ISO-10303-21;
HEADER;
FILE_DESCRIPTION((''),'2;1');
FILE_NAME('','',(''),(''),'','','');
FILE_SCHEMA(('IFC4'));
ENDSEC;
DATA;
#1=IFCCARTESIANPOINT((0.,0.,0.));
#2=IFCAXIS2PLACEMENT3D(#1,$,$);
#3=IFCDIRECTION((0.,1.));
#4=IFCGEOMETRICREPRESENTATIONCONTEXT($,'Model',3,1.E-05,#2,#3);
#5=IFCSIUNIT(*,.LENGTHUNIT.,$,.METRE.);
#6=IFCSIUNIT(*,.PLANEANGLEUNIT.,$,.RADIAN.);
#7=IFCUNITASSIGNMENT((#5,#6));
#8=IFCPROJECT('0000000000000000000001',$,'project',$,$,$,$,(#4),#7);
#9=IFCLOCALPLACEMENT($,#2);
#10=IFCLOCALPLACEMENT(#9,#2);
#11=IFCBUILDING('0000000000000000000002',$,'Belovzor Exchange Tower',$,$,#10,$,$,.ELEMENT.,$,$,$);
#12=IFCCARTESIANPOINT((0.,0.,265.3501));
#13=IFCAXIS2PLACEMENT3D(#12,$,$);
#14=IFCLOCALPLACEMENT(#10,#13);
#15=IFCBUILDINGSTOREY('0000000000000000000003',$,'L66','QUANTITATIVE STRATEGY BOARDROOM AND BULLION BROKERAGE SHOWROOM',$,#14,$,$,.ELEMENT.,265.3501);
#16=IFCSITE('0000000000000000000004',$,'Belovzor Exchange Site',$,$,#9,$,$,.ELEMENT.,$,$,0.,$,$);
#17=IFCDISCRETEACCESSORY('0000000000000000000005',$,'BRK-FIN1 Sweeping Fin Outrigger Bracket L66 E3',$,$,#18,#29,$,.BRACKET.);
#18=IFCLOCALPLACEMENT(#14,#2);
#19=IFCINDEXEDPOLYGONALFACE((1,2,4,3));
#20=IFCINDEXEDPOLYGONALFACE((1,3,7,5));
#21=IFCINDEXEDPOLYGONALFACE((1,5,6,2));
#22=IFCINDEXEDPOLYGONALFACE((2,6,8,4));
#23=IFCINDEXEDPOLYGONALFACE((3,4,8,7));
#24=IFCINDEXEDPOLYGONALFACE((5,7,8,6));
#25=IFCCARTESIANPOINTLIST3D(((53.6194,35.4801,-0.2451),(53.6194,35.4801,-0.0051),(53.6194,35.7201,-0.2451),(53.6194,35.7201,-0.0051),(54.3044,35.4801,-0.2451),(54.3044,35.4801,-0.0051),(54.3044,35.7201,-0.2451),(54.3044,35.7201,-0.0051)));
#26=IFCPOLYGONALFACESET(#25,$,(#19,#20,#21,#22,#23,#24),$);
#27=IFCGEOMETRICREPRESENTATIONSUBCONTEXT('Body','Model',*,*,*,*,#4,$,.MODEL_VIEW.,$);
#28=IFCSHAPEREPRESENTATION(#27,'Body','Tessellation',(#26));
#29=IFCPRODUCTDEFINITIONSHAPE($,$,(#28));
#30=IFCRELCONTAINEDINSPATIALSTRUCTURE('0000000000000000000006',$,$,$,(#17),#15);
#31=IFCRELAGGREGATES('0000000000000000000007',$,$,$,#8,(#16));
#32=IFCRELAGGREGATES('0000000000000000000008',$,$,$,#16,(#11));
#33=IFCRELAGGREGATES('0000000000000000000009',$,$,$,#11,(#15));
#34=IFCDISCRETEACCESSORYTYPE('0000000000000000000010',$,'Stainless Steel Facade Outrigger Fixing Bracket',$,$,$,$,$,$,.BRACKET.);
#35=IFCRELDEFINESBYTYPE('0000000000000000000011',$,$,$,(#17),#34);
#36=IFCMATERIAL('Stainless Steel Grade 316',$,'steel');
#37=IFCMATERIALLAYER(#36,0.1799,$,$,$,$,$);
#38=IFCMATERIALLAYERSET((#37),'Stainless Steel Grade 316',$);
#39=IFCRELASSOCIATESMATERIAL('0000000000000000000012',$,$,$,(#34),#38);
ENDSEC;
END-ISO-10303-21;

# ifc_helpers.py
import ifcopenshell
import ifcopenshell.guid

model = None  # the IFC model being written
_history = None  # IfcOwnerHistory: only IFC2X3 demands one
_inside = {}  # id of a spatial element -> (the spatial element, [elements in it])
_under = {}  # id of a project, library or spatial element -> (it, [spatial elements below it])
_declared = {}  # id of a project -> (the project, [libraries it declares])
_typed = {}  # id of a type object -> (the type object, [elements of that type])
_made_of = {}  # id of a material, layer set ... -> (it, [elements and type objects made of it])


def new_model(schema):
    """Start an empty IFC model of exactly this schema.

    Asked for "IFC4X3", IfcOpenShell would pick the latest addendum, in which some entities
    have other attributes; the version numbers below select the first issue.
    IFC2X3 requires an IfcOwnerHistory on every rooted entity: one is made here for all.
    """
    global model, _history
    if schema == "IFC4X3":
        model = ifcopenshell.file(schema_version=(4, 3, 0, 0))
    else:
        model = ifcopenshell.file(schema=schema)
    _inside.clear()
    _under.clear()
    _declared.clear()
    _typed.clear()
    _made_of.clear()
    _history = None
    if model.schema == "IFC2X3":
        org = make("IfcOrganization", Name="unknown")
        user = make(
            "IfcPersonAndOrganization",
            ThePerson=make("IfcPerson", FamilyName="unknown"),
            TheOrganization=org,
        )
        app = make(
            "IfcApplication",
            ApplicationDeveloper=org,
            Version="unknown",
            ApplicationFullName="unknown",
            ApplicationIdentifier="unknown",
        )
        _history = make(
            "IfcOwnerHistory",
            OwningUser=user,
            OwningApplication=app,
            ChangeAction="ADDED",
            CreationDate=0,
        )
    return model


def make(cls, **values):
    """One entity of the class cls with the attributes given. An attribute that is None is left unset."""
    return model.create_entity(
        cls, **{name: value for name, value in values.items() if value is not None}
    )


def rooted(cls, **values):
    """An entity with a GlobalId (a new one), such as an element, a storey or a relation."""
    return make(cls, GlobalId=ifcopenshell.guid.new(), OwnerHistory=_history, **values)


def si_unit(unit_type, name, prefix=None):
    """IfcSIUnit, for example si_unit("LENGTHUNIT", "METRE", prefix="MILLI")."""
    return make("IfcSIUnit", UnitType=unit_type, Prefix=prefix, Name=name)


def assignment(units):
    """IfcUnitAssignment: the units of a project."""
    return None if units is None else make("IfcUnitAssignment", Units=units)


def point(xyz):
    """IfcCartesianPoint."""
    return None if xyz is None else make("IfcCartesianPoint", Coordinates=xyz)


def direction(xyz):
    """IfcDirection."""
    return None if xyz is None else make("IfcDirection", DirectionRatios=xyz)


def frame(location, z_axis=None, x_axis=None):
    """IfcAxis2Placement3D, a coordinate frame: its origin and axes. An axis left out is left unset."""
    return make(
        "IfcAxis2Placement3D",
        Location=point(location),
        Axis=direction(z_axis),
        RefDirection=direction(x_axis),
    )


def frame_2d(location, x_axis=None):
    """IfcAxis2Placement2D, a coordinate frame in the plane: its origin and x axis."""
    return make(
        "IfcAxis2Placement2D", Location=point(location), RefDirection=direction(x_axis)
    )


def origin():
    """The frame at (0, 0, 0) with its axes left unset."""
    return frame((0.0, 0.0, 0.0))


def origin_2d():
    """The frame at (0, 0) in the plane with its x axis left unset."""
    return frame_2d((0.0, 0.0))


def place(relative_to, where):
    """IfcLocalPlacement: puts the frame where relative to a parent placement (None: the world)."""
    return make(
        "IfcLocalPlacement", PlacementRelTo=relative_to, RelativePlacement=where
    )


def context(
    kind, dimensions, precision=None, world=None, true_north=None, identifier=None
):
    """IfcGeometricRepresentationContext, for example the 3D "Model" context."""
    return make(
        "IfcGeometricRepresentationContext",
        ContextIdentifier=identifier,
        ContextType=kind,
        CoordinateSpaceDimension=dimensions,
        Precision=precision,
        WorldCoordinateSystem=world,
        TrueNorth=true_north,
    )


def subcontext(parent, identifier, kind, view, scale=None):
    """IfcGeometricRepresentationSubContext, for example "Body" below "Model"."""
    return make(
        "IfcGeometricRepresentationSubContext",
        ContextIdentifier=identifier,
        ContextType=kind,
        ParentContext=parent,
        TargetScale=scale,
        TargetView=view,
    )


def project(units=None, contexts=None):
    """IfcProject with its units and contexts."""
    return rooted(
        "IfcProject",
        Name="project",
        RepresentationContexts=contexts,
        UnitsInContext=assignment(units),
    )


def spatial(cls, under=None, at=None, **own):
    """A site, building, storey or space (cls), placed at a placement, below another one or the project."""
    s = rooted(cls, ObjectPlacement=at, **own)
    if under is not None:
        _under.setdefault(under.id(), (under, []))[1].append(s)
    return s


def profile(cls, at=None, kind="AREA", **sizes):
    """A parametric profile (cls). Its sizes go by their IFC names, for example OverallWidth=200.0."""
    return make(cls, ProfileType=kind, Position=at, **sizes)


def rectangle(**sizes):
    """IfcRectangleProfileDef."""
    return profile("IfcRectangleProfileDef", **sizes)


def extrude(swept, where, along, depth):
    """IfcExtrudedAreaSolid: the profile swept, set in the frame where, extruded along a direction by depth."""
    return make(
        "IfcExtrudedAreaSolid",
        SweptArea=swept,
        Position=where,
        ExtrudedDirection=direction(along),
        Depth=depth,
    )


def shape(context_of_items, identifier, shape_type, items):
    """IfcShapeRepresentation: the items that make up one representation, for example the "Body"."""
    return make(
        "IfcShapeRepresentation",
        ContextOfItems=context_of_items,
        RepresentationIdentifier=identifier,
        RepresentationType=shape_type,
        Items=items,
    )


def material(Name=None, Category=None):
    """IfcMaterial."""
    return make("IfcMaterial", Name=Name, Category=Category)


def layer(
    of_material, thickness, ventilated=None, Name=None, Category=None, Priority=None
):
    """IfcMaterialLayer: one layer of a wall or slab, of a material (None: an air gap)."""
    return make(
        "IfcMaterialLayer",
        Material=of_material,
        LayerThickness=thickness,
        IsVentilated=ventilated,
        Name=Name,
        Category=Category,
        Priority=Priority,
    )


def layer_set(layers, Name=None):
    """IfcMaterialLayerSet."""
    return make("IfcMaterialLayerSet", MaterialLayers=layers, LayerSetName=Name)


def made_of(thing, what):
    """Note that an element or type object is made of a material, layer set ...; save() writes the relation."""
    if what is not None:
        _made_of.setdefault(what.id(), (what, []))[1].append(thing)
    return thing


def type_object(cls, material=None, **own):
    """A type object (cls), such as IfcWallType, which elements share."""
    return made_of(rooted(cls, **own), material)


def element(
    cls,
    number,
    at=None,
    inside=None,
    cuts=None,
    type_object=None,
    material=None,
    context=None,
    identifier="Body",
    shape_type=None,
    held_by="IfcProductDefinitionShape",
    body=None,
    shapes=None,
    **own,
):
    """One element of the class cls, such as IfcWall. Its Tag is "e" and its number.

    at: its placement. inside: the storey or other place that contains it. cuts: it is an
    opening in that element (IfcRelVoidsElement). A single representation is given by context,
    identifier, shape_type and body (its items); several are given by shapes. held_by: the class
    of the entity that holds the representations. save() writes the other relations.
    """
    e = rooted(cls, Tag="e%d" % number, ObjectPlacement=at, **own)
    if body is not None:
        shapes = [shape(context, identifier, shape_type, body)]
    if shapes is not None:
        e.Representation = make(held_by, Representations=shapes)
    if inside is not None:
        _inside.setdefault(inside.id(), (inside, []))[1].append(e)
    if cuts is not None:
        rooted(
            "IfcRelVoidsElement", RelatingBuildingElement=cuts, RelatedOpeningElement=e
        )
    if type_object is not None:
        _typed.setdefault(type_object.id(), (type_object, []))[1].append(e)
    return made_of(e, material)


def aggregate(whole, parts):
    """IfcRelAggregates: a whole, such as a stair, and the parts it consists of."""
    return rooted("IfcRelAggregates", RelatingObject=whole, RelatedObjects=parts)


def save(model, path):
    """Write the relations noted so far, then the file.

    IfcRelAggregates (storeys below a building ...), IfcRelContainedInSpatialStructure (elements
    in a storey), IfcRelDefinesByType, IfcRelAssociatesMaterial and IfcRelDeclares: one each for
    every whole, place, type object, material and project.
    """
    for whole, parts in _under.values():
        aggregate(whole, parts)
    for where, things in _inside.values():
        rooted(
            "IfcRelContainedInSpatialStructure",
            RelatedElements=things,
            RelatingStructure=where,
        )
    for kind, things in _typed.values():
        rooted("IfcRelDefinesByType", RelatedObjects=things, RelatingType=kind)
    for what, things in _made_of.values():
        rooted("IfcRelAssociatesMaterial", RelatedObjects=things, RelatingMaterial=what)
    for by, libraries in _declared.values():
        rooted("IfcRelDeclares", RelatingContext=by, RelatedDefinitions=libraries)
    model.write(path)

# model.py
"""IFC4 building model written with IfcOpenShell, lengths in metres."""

from ifc_helpers import new_model, si_unit, direction, frame, origin, origin_2d, place, context, subcontext, project, spatial, rectangle, extrude, material, layer, layer_set, type_object, element, save


model = new_model("IFC4")

# Units and contexts
model_context = context("Model", 3, precision=1e-05, world=origin(), true_north=direction((0.0, 1.0)))
body_context = subcontext(model_context, "Body", "Model", "MODEL_VIEW")
ifc_project = project(units=[si_unit("LENGTHUNIT", "METRE"), si_unit("PLANEANGLEUNIT", "RADIAN")], contexts=[model_context])

# Site, building, storey
site_placement = place(None, origin())
site = spatial("IfcSite", under=ifc_project, at=site_placement, Name="Belovzor Exchange Site", CompositionType="ELEMENT", RefElevation=0.0)
building_placement = place(site_placement, origin())
building = spatial("IfcBuilding", under=site, at=building_placement, Name="Belovzor Exchange Tower", CompositionType="ELEMENT")
storey_placement = place(building_placement, frame((0.0, 0.0, 265.3501)))
storey = spatial("IfcBuildingStorey", under=building, at=storey_placement, Name="L66", Description="QUANTITATIVE STRATEGY BOARDROOM AND BULLION BROKERAGE SHOWROOM", CompositionType="ELEMENT", Elevation=265.3501)

# Discrete accessory
ifc_material_1 = material(Name="Stainless Steel Grade 316", Category="steel")
ifc_layer_1 = layer(ifc_material_1, 0.1799)
ifc_layer_set_1 = layer_set([ifc_layer_1], Name="Stainless Steel Grade 316")
discrete_accessory_type = type_object("IfcDiscreteAccessoryType", Name="Stainless Steel Facade Outrigger Fixing Bracket", PredefinedType="BRACKET", material=ifc_layer_set_1)
discrete_accessory_placement = place(storey_placement, frame((53.9619, 35.6001, -0.2451), z_axis=(0.0, 0.0, 1.0), x_axis=(1.0, 0.0, 0.0)))
element("IfcDiscreteAccessory", 1, at=discrete_accessory_placement, inside=storey, type_object=discrete_accessory_type, Name="BRK-FIN1 Sweeping Fin Outrigger Bracket L66 E3", PredefinedType="BRACKET", context=body_context, shape_type="SweptSolid", body=[
    extrude(rectangle(XDim=0.6851, YDim=0.24, at=origin_2d()), origin(), (0.0, 0.0, 1.0), 0.24),
])

save(model, "model.ifc")
